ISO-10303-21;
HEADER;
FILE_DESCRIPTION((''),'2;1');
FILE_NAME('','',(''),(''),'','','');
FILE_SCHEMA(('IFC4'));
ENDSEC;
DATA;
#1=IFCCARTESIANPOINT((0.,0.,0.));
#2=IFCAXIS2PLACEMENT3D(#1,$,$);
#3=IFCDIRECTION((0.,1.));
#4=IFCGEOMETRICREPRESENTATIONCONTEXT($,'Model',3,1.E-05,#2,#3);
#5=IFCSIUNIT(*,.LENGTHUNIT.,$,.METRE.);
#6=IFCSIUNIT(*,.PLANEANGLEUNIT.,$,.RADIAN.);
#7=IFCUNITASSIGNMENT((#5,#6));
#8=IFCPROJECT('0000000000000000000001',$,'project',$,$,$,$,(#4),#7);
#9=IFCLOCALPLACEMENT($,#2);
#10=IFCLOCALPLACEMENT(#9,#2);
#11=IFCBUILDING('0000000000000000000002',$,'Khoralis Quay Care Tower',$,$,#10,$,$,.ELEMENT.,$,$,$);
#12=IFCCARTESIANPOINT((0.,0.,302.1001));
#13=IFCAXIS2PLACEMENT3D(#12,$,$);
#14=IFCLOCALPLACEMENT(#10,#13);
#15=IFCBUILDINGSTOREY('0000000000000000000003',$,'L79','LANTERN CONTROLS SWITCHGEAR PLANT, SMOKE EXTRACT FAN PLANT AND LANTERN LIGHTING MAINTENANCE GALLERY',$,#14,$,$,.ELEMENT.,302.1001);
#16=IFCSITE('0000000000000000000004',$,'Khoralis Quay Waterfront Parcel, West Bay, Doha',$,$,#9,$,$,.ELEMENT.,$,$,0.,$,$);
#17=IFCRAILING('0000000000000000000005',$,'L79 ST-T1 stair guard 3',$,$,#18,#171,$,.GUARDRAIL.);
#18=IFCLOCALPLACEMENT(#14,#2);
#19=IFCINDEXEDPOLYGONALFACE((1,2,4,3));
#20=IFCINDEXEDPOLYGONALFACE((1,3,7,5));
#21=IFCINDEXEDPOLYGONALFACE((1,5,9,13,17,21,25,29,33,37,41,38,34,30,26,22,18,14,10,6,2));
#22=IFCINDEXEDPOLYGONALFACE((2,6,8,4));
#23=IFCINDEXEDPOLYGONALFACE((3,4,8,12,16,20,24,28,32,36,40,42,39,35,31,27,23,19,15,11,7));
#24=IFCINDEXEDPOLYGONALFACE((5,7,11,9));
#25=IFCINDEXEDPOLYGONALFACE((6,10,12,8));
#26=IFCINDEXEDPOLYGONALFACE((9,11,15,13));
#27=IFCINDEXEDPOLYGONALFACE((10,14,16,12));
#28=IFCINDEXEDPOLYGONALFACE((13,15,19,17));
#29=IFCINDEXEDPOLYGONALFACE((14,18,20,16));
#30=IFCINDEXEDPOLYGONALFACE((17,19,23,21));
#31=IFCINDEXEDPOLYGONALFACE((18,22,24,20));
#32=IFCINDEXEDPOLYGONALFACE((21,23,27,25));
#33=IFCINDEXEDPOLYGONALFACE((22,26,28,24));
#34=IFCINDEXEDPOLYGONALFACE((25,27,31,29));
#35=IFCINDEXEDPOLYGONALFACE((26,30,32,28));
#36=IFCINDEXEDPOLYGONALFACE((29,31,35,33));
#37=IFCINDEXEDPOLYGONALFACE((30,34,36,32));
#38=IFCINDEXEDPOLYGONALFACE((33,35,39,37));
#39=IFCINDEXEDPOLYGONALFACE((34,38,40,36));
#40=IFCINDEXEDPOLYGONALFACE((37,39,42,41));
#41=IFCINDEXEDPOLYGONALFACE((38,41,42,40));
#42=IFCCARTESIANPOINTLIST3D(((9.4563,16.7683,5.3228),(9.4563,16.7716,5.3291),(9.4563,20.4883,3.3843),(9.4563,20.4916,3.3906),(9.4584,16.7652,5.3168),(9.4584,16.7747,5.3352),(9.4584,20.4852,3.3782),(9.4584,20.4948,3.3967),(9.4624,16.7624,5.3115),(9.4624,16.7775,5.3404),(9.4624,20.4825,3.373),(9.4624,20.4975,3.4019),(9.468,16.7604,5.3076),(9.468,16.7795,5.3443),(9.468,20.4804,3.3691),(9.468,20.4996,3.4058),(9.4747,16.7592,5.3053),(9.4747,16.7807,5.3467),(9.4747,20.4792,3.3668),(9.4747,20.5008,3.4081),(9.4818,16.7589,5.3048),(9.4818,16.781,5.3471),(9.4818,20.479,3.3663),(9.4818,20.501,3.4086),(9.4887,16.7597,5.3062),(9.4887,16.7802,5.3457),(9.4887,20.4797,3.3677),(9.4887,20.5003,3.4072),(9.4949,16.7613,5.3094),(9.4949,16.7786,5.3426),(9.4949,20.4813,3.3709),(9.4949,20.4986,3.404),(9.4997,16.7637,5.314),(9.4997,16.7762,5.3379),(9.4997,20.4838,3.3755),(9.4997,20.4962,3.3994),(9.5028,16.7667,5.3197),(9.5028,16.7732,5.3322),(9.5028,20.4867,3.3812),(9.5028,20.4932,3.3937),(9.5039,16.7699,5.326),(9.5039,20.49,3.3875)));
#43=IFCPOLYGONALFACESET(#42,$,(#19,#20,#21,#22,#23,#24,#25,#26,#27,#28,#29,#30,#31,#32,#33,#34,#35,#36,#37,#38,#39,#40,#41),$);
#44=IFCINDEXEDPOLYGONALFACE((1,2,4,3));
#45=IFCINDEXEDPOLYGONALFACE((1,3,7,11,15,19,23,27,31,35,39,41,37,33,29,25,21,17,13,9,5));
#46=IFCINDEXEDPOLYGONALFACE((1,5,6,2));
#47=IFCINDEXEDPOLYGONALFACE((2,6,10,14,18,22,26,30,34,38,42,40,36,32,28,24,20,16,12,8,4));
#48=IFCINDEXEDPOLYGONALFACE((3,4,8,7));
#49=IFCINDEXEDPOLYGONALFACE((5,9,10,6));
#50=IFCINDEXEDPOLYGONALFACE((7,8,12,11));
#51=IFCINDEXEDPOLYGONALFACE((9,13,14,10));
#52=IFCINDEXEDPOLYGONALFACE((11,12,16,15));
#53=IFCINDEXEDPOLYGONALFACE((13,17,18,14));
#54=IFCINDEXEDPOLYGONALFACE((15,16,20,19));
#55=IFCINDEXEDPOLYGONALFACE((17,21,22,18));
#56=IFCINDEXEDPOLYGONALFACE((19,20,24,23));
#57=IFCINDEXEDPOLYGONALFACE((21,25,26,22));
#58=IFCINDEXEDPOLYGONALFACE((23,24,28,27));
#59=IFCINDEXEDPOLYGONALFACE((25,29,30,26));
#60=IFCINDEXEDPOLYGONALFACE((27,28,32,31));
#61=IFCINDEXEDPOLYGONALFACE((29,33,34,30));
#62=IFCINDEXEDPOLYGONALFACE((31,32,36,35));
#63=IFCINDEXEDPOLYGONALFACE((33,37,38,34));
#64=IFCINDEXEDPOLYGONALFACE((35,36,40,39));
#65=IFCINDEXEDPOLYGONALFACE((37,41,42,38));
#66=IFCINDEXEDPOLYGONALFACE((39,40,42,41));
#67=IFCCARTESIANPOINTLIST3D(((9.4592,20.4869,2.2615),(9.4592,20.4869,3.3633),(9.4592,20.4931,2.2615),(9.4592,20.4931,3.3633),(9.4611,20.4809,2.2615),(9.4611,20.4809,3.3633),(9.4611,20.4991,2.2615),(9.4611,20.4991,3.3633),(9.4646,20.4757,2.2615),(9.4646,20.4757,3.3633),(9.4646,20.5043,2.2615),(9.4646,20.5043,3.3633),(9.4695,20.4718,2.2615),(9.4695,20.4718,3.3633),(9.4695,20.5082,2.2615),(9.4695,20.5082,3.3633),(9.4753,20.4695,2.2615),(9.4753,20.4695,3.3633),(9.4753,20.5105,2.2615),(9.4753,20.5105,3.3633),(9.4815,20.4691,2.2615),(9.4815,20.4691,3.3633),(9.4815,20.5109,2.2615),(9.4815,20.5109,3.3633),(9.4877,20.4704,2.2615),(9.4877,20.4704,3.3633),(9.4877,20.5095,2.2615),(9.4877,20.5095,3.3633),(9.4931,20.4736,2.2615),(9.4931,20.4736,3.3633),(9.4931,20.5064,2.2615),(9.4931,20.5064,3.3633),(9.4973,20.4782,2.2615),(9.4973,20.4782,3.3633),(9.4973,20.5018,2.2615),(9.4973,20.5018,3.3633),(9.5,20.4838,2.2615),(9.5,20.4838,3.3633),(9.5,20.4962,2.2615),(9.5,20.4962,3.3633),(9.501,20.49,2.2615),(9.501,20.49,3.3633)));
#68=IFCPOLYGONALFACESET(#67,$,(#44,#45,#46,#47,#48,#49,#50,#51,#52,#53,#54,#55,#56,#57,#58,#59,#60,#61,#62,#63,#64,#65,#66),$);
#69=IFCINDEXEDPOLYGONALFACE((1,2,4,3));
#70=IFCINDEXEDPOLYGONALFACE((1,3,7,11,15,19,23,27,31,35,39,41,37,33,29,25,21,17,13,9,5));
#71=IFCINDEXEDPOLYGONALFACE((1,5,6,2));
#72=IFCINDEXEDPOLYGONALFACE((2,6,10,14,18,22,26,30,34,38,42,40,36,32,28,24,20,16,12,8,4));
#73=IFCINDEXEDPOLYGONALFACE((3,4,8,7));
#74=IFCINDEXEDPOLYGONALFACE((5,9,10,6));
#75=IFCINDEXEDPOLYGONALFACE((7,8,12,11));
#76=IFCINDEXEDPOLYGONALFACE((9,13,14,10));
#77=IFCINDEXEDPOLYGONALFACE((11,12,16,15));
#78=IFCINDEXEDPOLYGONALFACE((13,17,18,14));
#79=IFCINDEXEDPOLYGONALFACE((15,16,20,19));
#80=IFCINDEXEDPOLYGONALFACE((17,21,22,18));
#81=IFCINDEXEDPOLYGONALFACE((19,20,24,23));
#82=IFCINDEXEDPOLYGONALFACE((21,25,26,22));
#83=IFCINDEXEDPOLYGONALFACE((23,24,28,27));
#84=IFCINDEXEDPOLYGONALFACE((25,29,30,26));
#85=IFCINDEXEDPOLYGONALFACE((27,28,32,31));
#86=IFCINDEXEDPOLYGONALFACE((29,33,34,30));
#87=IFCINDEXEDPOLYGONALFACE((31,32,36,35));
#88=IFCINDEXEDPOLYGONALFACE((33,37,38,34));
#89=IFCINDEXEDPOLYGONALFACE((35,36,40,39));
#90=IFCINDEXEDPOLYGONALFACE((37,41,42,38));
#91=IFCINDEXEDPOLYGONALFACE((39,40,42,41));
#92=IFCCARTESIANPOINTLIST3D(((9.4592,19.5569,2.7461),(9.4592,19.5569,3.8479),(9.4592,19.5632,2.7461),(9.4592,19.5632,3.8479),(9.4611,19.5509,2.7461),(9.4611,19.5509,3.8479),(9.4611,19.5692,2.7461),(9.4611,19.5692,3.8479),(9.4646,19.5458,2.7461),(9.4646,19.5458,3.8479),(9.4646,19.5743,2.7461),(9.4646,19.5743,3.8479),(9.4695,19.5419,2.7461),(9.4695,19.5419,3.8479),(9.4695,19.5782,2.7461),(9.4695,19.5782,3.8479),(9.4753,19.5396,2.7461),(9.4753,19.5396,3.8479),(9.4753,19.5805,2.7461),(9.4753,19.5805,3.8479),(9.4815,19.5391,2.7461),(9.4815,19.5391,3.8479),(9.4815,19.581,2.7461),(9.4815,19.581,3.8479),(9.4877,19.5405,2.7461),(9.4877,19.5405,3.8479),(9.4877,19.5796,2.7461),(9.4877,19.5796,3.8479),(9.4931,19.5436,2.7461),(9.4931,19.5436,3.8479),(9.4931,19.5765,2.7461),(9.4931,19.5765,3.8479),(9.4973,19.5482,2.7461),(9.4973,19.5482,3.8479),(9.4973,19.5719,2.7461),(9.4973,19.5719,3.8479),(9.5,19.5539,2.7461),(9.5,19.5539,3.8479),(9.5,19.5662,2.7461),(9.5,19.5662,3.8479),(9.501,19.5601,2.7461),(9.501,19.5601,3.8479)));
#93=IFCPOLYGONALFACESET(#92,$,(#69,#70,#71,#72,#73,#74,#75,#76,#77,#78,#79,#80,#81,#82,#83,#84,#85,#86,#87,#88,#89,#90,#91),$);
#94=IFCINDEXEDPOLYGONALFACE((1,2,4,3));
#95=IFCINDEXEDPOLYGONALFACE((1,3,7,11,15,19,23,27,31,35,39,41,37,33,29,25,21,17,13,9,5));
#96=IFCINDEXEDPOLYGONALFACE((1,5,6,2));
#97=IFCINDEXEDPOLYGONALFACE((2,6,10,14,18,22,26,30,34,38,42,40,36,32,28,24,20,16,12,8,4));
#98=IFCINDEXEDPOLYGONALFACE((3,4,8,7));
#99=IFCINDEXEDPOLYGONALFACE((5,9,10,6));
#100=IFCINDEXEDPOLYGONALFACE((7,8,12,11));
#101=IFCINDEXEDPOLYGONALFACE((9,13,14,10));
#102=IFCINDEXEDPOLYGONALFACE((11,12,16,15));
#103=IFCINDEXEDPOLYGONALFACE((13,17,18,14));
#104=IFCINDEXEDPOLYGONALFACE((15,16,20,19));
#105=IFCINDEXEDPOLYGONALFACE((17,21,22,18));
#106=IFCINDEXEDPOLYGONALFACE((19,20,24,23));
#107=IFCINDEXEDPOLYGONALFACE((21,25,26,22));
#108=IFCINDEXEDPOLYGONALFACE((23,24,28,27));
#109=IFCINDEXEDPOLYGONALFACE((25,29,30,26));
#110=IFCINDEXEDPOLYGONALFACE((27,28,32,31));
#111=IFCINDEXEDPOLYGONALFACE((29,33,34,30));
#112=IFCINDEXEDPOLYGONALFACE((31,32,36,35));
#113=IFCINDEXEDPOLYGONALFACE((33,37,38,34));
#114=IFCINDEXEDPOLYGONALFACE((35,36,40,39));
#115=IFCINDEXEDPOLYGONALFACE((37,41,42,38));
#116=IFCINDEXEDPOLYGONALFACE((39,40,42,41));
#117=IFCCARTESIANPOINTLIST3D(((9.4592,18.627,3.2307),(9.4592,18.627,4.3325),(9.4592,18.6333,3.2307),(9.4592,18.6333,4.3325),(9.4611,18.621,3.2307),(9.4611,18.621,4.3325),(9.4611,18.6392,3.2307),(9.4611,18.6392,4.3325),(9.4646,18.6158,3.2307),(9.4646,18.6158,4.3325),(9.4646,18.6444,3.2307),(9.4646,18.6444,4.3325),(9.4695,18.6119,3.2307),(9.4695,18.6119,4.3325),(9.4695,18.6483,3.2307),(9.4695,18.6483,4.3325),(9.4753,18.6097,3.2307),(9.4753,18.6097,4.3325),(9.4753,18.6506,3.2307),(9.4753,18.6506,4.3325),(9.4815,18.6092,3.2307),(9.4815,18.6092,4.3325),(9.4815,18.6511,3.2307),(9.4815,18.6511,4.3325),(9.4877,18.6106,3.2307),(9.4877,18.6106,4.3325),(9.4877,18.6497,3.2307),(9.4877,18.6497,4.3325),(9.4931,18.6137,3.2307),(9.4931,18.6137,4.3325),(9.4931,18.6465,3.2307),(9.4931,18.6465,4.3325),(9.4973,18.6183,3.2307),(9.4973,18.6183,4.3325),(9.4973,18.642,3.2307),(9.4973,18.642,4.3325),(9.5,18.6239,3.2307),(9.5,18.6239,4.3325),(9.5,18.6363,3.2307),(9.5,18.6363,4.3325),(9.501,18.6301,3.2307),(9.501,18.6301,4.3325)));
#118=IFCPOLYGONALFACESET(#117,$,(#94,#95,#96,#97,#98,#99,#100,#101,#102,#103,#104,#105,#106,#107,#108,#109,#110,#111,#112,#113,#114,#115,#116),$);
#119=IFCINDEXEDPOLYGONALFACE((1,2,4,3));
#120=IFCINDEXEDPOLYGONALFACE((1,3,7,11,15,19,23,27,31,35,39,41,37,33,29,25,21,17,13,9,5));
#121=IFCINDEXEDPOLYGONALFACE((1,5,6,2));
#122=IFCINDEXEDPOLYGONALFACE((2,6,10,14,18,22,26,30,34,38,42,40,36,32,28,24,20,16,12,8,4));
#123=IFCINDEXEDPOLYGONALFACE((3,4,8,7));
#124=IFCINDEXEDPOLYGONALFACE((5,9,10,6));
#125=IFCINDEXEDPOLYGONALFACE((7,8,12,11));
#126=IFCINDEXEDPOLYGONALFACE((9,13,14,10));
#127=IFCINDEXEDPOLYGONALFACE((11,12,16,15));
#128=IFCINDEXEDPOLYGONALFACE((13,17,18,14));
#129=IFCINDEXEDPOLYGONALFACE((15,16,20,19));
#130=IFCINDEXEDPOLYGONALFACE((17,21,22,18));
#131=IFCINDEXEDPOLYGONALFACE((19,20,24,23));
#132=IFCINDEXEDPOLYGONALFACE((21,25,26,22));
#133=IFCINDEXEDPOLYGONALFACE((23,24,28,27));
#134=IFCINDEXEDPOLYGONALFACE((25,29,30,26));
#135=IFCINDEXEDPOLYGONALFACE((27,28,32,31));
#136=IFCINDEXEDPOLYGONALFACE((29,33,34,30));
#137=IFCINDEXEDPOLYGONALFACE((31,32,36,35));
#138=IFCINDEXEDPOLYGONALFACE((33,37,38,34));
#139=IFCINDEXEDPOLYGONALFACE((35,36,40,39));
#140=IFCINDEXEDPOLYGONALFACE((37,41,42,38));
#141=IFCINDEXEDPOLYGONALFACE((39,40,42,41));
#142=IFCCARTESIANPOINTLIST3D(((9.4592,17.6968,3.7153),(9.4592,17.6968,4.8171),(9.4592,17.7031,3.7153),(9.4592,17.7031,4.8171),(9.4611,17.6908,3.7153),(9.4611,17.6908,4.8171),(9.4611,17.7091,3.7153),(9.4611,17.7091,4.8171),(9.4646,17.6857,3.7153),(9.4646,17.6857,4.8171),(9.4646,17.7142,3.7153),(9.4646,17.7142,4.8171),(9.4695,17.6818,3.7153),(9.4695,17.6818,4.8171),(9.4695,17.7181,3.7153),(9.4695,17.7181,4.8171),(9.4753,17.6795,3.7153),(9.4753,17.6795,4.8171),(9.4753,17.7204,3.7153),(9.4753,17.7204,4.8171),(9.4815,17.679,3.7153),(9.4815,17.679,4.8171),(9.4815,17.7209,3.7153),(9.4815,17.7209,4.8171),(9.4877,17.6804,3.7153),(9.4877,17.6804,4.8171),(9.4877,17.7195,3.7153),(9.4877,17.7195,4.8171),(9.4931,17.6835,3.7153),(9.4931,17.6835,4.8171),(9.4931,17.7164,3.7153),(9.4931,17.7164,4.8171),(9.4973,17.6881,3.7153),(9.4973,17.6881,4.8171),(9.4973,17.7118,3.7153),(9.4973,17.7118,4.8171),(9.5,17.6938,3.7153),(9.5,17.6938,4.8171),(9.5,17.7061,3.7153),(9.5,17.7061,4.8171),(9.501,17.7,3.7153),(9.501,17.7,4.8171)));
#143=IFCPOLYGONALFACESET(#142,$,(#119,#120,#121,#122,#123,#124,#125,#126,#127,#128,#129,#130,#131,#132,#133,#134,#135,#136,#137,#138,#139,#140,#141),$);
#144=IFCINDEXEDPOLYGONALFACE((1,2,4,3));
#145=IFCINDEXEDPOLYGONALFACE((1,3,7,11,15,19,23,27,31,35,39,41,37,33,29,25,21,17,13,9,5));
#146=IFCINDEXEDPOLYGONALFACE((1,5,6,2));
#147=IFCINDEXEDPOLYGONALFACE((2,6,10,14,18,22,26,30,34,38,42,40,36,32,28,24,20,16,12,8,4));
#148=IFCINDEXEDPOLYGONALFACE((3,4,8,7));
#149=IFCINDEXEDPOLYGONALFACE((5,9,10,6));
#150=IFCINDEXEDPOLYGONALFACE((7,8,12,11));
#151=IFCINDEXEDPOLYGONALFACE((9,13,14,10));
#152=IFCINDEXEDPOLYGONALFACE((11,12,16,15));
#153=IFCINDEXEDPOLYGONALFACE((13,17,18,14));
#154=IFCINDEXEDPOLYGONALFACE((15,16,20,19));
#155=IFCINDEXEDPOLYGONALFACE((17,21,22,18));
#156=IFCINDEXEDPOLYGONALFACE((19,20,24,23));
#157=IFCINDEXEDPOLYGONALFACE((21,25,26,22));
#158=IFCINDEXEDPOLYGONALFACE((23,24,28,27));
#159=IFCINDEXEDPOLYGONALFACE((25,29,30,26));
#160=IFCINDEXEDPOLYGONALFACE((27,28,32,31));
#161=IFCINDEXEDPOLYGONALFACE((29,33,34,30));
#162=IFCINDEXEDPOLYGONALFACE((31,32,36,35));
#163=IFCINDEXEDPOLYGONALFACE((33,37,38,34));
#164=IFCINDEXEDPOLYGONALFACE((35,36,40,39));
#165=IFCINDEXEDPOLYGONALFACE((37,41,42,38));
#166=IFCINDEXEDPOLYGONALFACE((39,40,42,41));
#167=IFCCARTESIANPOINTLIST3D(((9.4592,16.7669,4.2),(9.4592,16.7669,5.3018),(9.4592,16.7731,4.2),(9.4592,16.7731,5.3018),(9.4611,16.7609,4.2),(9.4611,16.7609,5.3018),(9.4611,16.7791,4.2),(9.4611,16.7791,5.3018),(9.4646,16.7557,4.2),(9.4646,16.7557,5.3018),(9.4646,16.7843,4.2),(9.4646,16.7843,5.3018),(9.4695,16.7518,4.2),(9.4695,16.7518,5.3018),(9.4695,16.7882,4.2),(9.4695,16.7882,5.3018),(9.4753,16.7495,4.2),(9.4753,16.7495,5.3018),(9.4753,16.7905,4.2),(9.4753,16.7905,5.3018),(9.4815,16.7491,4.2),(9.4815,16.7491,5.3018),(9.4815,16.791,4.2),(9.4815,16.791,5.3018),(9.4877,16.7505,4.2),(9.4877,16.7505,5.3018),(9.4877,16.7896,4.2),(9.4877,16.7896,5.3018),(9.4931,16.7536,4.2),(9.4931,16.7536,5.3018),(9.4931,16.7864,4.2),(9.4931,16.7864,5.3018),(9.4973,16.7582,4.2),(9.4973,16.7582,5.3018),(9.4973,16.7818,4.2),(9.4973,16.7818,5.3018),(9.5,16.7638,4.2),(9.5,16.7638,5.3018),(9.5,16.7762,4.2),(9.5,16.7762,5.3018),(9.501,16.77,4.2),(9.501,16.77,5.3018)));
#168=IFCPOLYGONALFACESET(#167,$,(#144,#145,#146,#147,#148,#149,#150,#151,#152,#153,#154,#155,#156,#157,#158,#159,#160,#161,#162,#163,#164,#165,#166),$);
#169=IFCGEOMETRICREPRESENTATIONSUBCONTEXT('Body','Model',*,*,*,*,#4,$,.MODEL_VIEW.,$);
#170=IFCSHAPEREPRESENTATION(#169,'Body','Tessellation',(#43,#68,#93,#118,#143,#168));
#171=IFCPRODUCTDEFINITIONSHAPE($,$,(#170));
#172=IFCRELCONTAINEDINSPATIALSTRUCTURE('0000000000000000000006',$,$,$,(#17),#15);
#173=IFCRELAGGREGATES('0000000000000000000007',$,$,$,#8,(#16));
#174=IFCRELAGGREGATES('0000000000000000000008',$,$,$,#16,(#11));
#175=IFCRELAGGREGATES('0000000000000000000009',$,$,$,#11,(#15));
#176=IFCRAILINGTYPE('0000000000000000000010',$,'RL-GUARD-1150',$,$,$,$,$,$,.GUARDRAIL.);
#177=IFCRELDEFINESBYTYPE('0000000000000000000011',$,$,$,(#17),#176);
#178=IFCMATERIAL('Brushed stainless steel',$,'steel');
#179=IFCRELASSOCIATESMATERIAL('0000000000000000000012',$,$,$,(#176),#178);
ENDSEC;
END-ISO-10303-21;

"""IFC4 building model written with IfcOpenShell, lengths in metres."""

from ifc_helpers import new_model, si_unit, direction, frame, origin, origin_2d, place, context, subcontext, project, spatial, circle, extrude, material, type_object, element, save


model = new_model("IFC4")

# Units and contexts
model_context = context("Model", 3, precision=1e-05, world=origin(), true_north=direction((0.0, 1.0)))
body_context = subcontext(model_context, "Body", "Model", "MODEL_VIEW")
ifc_project = project(units=[si_unit("LENGTHUNIT", "METRE"), si_unit("PLANEANGLEUNIT", "RADIAN")], contexts=[model_context])

# Site, building, storey
site_placement = place(None, origin())
site = spatial("IfcSite", under=ifc_project, at=site_placement, Name="Khoralis Quay Waterfront Parcel, West Bay, Doha", CompositionType="ELEMENT", RefElevation=0.0)
building_placement = place(site_placement, origin())
building = spatial("IfcBuilding", under=site, at=building_placement, Name="Khoralis Quay Care Tower", CompositionType="ELEMENT")
storey_placement = place(building_placement, frame((0.0, 0.0, 302.1001)))
storey = spatial("IfcBuildingStorey", under=building, at=storey_placement, Name="L79", Description="LANTERN CONTROLS SWITCHGEAR PLANT, SMOKE EXTRACT FAN PLANT AND LANTERN LIGHTING MAINTENANCE GALLERY", CompositionType="ELEMENT", Elevation=302.1001)

# Railing
ifc_material_1 = material(Name="Brushed stainless steel", Category="steel")
railing_type_1 = type_object("IfcRailingType", Name="RL-GUARD-1150", PredefinedType="GUARDRAIL", material=ifc_material_1)
railing_1_placement = place(storey_placement, frame((9.48, 20.49, 2.2615)))
element("IfcRailing", 1, at=railing_1_placement, inside=storey, type_object=railing_type_1, Name="L79 ST-T1 stair guard 3", PredefinedType="GUARDRAIL", context=body_context, shape_type="SweptSolid", body=[
    extrude(circle(Radius=0.0239, at=origin_2d()), frame((0.0, 0.0, 1.126), z_axis=(0.0, -0.886817, 0.46212), x_axis=(1.0, 0.0, 0.0)), (0.0, 0.0, 1.0), 4.1948),
    extrude(circle(Radius=0.021, at=origin_2d()), origin(), (0.0, 0.0, 1.0), 1.1018),
    extrude(circle(Radius=0.021, at=origin_2d()), frame((0.0, -0.9299, 0.4846)), (0.0, 0.0, 1.0), 1.1018),
    extrude(circle(Radius=0.021, at=origin_2d()), frame((0.0, -1.8599, 0.9692)), (0.0, 0.0, 1.0), 1.1018),
    extrude(circle(Radius=0.021, at=origin_2d()), frame((0.0, -2.79, 1.4539)), (0.0, 0.0, 1.0), 1.1018),
    extrude(circle(Radius=0.021, at=origin_2d()), frame((0.0, -3.72, 1.9385)), (0.0, 0.0, 1.0), 1.1018),
])

save(model, "model.ifc")
